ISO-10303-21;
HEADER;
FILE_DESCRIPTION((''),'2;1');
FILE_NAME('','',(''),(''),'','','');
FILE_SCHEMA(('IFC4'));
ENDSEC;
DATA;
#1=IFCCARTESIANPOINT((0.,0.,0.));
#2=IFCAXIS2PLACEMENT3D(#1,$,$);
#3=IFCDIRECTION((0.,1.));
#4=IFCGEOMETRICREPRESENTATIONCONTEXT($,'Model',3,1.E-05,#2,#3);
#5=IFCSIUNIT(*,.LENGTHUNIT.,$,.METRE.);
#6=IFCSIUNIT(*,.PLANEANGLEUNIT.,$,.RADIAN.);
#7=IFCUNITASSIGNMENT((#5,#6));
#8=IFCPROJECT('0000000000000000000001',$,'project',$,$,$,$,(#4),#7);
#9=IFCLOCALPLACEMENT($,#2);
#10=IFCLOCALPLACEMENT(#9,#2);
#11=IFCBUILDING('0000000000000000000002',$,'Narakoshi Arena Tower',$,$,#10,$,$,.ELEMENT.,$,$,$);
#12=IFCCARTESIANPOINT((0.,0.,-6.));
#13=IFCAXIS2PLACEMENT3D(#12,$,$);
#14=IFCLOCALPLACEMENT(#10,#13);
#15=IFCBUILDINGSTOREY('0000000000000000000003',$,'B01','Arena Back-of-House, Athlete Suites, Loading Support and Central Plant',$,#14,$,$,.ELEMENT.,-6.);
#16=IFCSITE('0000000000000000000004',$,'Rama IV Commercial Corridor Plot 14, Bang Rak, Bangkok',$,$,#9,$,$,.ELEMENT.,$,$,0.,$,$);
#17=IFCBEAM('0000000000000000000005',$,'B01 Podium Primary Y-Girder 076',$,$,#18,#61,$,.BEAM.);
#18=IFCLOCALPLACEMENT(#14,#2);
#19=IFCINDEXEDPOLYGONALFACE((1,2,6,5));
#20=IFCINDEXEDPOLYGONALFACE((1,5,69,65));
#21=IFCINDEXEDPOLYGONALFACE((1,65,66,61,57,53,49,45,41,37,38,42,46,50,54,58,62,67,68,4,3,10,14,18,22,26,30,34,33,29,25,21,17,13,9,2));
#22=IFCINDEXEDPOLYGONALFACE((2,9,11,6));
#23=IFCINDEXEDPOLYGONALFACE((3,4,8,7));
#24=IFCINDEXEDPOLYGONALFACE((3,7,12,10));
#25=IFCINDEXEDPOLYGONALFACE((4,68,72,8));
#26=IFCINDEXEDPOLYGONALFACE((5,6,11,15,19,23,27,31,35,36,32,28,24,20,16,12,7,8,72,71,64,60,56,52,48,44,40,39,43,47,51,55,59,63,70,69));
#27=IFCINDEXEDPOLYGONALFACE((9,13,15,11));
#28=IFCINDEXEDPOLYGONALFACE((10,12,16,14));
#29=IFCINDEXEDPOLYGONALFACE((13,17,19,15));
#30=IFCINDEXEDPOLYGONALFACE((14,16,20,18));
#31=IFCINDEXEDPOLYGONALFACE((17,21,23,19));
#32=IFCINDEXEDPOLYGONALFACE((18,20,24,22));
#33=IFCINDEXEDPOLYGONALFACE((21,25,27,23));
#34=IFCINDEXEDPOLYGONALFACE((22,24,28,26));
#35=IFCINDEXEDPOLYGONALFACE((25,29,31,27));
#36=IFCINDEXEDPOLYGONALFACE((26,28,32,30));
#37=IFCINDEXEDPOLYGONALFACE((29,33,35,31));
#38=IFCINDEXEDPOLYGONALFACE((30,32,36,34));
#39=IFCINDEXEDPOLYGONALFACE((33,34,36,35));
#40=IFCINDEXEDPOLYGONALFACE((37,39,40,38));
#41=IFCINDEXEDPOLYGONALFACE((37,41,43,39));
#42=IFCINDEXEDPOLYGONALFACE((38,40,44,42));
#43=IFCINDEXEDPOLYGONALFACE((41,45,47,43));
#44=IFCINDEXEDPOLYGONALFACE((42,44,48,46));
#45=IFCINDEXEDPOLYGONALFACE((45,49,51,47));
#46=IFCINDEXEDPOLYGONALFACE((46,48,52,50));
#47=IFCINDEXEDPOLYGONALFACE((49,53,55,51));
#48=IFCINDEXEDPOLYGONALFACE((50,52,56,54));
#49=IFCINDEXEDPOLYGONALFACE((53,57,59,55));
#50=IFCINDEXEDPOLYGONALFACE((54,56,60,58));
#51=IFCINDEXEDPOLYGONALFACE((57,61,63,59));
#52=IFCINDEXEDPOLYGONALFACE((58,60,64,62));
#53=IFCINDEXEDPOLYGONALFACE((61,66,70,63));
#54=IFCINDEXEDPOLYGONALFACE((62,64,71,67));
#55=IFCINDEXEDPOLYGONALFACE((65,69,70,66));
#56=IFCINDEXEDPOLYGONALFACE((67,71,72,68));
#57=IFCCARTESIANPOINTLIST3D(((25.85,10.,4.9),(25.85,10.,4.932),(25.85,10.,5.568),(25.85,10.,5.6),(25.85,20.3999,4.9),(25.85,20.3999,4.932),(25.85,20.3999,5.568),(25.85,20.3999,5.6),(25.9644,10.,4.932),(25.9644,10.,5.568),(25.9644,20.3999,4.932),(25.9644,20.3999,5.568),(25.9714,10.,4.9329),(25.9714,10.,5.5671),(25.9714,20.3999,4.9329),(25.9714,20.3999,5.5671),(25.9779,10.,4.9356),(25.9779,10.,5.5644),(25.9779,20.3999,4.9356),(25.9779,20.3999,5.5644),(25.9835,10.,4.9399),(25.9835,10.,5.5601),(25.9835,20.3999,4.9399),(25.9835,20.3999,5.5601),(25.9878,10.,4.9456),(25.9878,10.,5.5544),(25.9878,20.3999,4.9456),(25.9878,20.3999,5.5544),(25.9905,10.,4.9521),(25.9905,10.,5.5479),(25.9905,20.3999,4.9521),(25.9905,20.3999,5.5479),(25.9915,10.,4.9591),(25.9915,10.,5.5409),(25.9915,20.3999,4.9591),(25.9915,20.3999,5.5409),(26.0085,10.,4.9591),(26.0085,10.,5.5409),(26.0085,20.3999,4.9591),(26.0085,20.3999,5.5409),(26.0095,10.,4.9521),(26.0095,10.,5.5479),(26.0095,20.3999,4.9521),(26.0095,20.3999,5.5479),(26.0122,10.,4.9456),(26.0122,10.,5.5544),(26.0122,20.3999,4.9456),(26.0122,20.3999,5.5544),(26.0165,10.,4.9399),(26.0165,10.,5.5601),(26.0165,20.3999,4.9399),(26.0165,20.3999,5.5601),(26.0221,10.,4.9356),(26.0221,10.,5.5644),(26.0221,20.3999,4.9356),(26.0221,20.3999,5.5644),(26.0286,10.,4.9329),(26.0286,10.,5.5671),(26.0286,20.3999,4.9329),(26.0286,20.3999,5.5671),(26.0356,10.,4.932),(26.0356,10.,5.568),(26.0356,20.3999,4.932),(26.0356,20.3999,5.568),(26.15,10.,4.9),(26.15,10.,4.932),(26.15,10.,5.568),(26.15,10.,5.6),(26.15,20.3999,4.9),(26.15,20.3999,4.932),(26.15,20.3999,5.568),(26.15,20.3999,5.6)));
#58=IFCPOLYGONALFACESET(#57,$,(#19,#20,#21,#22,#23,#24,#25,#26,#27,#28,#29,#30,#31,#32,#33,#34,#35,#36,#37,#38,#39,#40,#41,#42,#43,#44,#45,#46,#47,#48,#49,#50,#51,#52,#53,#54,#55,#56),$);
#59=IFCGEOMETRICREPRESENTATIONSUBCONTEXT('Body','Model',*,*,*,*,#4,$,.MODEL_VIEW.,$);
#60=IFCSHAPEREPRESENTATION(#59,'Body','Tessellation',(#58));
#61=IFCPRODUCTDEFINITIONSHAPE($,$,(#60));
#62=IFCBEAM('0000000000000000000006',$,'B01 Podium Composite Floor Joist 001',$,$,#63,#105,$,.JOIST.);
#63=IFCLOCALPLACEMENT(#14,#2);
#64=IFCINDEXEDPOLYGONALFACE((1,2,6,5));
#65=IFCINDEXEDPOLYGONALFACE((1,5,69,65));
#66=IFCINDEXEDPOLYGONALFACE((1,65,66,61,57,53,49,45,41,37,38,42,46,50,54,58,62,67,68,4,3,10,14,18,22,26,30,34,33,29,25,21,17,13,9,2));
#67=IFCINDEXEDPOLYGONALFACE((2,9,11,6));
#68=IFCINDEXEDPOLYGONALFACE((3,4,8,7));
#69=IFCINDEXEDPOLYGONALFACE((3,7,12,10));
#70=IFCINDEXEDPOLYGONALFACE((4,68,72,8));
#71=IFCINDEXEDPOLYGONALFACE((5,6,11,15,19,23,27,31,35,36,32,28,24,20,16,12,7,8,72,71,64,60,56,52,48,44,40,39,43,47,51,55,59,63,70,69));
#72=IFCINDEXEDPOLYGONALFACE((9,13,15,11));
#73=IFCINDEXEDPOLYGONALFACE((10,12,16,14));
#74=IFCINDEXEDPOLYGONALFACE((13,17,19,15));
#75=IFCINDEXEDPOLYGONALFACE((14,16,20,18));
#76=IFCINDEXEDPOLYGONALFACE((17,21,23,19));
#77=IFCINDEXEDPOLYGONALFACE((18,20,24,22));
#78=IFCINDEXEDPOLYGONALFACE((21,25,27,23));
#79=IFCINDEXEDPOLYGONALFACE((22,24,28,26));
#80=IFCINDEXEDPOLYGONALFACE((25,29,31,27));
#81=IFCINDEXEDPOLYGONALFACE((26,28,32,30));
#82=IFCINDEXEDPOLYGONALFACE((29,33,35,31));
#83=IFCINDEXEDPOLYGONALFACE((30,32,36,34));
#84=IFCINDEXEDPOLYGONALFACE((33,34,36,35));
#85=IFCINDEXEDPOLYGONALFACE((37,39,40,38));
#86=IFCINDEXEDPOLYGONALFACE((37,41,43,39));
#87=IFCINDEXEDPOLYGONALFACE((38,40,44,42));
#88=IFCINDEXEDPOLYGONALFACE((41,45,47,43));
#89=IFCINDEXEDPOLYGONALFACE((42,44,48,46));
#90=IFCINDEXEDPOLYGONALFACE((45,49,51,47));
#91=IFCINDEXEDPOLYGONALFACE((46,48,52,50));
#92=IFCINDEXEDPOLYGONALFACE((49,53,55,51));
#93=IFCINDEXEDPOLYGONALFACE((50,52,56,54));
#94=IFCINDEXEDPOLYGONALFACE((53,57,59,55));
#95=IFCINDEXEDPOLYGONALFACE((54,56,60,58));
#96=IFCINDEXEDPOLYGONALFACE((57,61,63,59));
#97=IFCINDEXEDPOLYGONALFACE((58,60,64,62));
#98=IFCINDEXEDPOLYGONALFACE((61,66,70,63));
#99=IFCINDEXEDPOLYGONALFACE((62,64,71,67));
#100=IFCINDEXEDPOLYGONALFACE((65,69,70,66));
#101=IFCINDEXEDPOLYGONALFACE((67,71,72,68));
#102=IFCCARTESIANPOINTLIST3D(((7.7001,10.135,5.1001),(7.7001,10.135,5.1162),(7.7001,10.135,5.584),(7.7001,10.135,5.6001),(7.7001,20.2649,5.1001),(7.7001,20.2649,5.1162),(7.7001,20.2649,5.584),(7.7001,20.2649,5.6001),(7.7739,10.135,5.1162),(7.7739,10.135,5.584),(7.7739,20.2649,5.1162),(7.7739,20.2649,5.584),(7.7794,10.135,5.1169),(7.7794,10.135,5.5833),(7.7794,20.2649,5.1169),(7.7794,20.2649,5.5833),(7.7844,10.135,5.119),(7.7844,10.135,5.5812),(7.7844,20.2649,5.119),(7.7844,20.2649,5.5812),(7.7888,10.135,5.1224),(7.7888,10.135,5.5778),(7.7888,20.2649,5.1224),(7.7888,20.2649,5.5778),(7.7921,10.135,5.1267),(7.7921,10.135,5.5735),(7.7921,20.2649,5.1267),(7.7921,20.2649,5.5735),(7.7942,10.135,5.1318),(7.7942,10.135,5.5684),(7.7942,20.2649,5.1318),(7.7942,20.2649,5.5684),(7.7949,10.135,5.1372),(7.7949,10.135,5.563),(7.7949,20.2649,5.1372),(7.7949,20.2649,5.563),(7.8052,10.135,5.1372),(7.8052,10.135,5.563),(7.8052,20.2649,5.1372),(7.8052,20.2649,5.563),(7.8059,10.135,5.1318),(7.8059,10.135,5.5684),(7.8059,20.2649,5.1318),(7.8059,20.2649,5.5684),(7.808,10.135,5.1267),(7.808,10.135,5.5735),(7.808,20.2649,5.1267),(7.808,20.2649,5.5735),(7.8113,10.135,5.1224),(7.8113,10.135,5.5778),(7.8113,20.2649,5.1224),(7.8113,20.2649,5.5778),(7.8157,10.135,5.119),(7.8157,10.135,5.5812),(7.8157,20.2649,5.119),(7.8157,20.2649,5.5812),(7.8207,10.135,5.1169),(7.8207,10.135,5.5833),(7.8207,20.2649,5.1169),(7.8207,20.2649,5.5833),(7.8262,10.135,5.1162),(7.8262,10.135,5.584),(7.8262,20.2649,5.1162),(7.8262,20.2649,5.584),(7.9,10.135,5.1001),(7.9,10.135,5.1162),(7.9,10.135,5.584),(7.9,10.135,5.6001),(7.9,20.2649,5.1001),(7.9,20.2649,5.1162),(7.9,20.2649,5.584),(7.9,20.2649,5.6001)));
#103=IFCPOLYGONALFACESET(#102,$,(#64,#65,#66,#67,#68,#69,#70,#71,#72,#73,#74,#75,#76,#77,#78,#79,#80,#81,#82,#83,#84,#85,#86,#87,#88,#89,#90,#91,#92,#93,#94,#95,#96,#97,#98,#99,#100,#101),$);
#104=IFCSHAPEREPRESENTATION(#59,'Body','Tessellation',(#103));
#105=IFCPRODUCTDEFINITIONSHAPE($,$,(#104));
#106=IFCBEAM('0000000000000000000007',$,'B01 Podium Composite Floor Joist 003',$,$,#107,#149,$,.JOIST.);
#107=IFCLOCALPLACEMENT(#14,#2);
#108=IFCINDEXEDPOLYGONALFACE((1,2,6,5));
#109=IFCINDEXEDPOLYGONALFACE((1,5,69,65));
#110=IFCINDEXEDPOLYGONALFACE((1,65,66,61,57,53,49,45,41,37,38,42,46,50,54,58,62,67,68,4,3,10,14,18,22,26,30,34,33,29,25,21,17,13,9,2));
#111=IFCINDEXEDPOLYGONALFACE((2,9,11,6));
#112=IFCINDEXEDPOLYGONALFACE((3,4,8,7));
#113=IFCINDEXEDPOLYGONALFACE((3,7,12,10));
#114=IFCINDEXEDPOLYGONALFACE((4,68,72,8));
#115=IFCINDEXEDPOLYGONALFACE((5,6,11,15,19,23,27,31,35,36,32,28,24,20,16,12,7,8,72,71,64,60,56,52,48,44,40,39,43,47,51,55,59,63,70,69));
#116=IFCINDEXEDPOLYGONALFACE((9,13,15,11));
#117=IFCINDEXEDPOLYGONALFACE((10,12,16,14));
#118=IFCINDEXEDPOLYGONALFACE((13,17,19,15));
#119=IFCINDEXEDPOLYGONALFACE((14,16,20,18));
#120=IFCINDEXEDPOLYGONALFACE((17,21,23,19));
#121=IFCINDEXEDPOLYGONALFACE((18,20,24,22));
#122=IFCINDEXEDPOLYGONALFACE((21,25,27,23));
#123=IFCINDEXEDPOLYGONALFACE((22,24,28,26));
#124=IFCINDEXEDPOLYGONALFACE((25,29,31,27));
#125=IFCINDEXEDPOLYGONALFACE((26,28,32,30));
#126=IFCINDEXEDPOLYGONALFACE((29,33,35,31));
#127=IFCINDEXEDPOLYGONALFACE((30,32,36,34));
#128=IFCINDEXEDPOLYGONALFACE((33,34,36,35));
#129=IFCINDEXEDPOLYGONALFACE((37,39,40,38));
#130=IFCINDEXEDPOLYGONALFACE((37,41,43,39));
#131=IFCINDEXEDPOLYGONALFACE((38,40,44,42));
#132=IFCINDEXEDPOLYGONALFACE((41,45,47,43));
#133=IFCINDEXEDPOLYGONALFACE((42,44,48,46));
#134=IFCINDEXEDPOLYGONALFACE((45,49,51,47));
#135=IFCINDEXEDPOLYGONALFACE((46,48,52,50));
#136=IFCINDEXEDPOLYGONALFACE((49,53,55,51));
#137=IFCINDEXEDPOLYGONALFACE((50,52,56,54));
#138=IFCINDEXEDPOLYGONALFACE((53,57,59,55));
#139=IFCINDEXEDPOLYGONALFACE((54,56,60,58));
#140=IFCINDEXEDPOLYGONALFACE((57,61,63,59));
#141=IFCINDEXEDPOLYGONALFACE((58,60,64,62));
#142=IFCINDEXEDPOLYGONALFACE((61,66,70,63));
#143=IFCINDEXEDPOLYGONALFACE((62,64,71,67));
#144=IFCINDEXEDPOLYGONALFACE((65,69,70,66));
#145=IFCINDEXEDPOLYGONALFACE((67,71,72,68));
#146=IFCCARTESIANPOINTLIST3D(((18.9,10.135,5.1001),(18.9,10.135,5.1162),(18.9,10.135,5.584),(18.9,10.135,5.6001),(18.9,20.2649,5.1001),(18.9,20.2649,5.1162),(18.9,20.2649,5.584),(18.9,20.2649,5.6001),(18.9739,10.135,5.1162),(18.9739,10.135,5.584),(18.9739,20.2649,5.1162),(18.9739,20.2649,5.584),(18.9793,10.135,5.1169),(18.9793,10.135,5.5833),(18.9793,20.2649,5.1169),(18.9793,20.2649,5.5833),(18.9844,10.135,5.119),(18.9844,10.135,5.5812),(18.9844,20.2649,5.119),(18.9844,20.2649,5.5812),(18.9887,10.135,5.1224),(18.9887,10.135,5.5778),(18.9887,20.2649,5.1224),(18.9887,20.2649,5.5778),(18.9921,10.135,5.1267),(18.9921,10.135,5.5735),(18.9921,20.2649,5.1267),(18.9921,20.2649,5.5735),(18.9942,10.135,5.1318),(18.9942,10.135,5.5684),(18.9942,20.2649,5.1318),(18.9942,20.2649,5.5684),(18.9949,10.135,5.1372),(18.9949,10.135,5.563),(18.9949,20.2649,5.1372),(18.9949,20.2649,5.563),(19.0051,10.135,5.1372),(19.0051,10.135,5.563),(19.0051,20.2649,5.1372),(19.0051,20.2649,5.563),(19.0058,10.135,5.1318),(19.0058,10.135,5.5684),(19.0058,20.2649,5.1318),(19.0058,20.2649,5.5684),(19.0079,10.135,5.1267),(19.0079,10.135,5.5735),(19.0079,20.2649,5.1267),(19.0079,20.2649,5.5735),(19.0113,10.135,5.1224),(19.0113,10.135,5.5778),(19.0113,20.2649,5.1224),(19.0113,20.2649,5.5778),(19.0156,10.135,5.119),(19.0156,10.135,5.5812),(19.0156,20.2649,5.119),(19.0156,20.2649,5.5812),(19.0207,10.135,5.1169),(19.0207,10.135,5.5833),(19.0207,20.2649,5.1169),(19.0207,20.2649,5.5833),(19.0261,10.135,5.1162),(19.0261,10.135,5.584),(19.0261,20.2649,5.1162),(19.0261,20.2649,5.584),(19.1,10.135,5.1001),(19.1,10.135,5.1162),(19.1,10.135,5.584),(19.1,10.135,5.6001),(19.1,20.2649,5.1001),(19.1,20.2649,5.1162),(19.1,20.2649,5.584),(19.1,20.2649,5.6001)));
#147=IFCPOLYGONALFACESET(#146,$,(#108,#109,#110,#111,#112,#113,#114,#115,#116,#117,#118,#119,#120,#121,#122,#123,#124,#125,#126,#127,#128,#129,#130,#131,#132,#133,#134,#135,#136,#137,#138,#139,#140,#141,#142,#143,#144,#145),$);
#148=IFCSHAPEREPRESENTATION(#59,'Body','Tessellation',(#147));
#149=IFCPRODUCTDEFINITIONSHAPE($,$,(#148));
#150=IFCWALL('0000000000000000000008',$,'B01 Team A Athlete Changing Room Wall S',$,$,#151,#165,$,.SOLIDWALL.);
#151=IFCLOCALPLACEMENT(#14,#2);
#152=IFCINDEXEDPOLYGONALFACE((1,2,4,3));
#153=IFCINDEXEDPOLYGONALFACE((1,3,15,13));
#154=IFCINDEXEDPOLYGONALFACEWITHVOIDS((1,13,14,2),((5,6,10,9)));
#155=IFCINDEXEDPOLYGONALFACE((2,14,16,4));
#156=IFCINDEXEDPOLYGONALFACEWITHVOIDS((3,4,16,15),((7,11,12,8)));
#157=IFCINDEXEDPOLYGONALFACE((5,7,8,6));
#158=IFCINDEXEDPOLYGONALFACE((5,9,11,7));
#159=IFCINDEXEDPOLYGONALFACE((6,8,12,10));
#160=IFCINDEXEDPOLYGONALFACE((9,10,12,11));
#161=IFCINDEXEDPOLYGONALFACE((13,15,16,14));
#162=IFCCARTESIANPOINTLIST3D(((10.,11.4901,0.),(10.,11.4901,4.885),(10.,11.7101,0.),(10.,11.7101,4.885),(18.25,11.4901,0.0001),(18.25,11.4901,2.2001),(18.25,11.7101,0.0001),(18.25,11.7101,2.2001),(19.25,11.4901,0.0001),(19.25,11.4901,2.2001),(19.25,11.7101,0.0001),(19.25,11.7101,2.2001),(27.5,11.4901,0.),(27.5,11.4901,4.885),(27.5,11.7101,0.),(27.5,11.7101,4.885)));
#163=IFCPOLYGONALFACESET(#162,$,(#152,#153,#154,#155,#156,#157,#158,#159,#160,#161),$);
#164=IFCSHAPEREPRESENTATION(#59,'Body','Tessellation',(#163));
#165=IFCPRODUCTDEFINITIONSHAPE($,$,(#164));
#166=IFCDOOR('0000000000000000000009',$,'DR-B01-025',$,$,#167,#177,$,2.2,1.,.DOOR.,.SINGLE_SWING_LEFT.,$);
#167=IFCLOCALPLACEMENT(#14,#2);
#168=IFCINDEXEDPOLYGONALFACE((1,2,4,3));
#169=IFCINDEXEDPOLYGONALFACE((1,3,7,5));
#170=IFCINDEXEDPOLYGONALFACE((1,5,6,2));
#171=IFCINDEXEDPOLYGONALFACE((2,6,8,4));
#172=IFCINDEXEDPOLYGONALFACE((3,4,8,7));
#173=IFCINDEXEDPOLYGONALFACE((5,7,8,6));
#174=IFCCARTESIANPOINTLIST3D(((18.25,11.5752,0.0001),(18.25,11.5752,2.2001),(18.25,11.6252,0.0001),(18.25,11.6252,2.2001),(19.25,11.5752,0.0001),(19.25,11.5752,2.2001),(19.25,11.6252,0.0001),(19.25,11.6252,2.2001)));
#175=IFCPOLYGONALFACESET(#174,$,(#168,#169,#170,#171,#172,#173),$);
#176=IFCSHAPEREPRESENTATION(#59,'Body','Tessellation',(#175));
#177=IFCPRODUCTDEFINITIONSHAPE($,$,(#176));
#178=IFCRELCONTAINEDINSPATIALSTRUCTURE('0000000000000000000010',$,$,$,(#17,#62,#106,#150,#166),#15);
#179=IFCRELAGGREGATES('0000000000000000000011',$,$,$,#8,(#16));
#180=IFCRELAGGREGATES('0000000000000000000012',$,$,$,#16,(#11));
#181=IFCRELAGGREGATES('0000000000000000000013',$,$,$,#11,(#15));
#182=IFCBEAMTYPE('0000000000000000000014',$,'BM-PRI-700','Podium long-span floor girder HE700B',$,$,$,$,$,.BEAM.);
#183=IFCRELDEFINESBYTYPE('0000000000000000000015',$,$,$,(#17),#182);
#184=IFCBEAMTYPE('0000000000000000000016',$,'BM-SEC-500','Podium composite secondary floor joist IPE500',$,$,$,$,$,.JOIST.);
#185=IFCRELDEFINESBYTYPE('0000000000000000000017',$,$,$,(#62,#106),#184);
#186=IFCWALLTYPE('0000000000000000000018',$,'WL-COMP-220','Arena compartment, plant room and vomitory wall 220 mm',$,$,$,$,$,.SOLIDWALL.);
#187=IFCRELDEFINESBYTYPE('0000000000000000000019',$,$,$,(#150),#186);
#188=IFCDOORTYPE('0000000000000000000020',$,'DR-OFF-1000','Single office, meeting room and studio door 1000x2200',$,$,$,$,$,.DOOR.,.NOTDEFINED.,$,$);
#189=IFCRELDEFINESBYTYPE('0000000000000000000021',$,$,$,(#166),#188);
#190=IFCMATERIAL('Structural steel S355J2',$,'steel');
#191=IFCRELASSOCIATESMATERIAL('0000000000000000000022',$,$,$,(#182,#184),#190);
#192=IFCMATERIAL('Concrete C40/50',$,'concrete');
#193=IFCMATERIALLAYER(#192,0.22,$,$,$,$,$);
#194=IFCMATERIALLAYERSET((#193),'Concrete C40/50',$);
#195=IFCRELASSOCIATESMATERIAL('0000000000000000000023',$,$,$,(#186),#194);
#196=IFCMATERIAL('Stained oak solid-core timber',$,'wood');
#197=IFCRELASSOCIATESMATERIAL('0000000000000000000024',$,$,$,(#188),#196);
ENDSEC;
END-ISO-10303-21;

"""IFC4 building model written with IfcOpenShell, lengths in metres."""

from ifc_helpers import new_model, si_unit, direction, frame, frame_2d, origin, origin_2d, place, context, subcontext, project, spatial, rectangle, i_section, extrude, material, layer, layer_set, material_profile, profile_set, type_object, element, fill, save


model = new_model("IFC4")

# Units and contexts
model_context = context("Model", 3, precision=1e-05, world=origin(), true_north=direction((0.0, 1.0)))
body_context = subcontext(model_context, "Body", "Model", "MODEL_VIEW")
ifc_project = project(units=[si_unit("LENGTHUNIT", "METRE"), si_unit("PLANEANGLEUNIT", "RADIAN")], contexts=[model_context])

# Site, building, storey
site_placement = place(None, origin())
site = spatial("IfcSite", under=ifc_project, at=site_placement, Name="Rama IV Commercial Corridor Plot 14, Bang Rak, Bangkok", CompositionType="ELEMENT", RefElevation=0.0)
building_placement = place(site_placement, origin())
building = spatial("IfcBuilding", under=site, at=building_placement, Name="Narakoshi Arena Tower", CompositionType="ELEMENT")
storey_placement = place(building_placement, frame((0.0, 0.0, -6.0)))
storey = spatial("IfcBuildingStorey", under=building, at=storey_placement, Name="B01", Description="Arena Back-of-House, Athlete Suites, Loading Support and Central Plant", CompositionType="ELEMENT", Elevation=-6.0)

# Beams
ifc_material_1 = material(Name="Structural steel S355J2", Category="steel")
ifc_material_profile_1 = material_profile(ifc_material_1, i_section(OverallWidth=0.3, OverallDepth=0.7, WebThickness=0.0171, FlangeThickness=0.032, FilletRadius=0.0271, at=origin_2d()), Name="HE700B")
ifc_profile_set_1 = profile_set([ifc_material_profile_1], Name="Structural steel S355J2")
beam_type_1 = type_object("IfcBeamType", Name="BM-PRI-700", Description="Podium long-span floor girder HE700B", PredefinedType="BEAM", material=ifc_profile_set_1)
for number, where, z_axis, x_axis, name in (
    (1, (26.0, 10.0, 5.25), (0.0, 1.0, 0.0), (-1.0, 0.0, 0.0), "B01 Podium Primary Y-Girder 076"),
):
    element("IfcBeam", number, at=place(storey_placement, frame(where, z_axis=z_axis, x_axis=x_axis)), inside=storey, type_object=beam_type_1, Name=name, PredefinedType="BEAM", context=body_context, shape_type="SweptSolid", body=[
        extrude(i_section(OverallWidth=0.3, OverallDepth=0.7, WebThickness=0.0171, FlangeThickness=0.032, FilletRadius=0.0271, at=origin_2d()), origin(), (0.0, 0.0, 1.0), 10.3999),
    ])
ifc_material_profile_2 = material_profile(ifc_material_1, i_section(OverallWidth=0.2, OverallDepth=0.5, WebThickness=0.0103, FlangeThickness=0.0161, FilletRadius=0.021, at=origin_2d()), Name="IPE500")
ifc_profile_set_2 = profile_set([ifc_material_profile_2], Name="Structural steel S355J2")
beam_type_2 = type_object("IfcBeamType", Name="BM-SEC-500", Description="Podium composite secondary floor joist IPE500", PredefinedType="JOIST", material=ifc_profile_set_2)
for number, where, z_axis, x_axis, name in (
    (2, (7.8, 10.135, 5.3501), (0.0, 1.0, 0.0), (-1.0, 0.0, 0.0), "B01 Podium Composite Floor Joist 001"),
    (3, (19.0, 10.135, 5.3501), (0.0, 1.0, 0.0), (-1.0, 0.0, 0.0), "B01 Podium Composite Floor Joist 003"),
):
    element("IfcBeam", number, at=place(storey_placement, frame(where, z_axis=z_axis, x_axis=x_axis)), inside=storey, type_object=beam_type_2, Name=name, PredefinedType="JOIST", context=body_context, shape_type="SweptSolid", body=[
        extrude(i_section(OverallWidth=0.2, OverallDepth=0.5, WebThickness=0.0103, FlangeThickness=0.0161, FilletRadius=0.021, at=origin_2d()), origin(), (0.0, 0.0, 1.0), 10.1299),
    ])

# Wall, opening, door
ifc_material_2 = material(Name="Concrete C40/50", Category="concrete")
ifc_layer_1 = layer(ifc_material_2, 0.22)
ifc_layer_set_1 = layer_set([ifc_layer_1], Name="Concrete C40/50")
wall_type = type_object("IfcWallType", Name="WL-COMP-220", Description="Arena compartment, plant room and vomitory wall 220 mm", PredefinedType="SOLIDWALL", material=ifc_layer_set_1)
wall_placement = place(storey_placement, frame((10.0, 11.6001, 0.0), z_axis=(0.0, 0.0, 1.0), x_axis=(1.0, 0.0, 0.0)))
wall = element("IfcWall", 4, at=wall_placement, inside=storey, type_object=wall_type, Name="B01 Team A Athlete Changing Room Wall S", PredefinedType="SOLIDWALL", context=body_context, shape_type="SweptSolid", body=[
    extrude(rectangle(XDim=17.5, YDim=0.22, at=frame_2d((8.75, 0.0))), origin(), (0.0, 0.0, 1.0), 4.885),
])
opening_placement = place(wall_placement, frame((8.25, 0.0, 0.0)))
opening = element("IfcOpeningElement", 5, at=opening_placement, cuts=wall, PredefinedType="OPENING", context=body_context, shape_type="SweptSolid", body=[
    extrude(rectangle(XDim=1.0, YDim=2.2, at=frame_2d((0.5, 1.1001))), frame((0.0, 0.1199, 0.0), z_axis=(0.0, -1.0, 0.0), x_axis=(1.0, 0.0, 0.0)), (0.0, 0.0, 1.0), 0.24),
])
ifc_material_3 = material(Name="Stained oak solid-core timber", Category="wood")
door_type = type_object("IfcDoorType", Name="DR-OFF-1000", Description="Single office, meeting room and studio door 1000x2200", OperationType="NOTDEFINED", PredefinedType="DOOR", material=ifc_material_3)
door_placement = place(opening_placement, frame((1.0, 0.0, 0.0), z_axis=(0.0, 0.0, 1.0), x_axis=(-1.0, 0.0, 0.0)))
door = element("IfcDoor", 6, at=door_placement, inside=storey, type_object=door_type, Name="DR-B01-025", OperationType="SINGLE_SWING_LEFT", OverallHeight=2.2, OverallWidth=1.0, PredefinedType="DOOR", context=body_context, shape_type="SweptSolid", body=[
    extrude(rectangle(XDim=1.0, YDim=2.2, at=frame_2d((0.5, 1.1001))), frame((0.0, 0.0249, 0.0), z_axis=(0.0, -1.0, 0.0), x_axis=(1.0, 0.0, 0.0)), (0.0, 0.0, 1.0), 0.05),
])
fill(opening, door)

save(model, "model.ifc")
